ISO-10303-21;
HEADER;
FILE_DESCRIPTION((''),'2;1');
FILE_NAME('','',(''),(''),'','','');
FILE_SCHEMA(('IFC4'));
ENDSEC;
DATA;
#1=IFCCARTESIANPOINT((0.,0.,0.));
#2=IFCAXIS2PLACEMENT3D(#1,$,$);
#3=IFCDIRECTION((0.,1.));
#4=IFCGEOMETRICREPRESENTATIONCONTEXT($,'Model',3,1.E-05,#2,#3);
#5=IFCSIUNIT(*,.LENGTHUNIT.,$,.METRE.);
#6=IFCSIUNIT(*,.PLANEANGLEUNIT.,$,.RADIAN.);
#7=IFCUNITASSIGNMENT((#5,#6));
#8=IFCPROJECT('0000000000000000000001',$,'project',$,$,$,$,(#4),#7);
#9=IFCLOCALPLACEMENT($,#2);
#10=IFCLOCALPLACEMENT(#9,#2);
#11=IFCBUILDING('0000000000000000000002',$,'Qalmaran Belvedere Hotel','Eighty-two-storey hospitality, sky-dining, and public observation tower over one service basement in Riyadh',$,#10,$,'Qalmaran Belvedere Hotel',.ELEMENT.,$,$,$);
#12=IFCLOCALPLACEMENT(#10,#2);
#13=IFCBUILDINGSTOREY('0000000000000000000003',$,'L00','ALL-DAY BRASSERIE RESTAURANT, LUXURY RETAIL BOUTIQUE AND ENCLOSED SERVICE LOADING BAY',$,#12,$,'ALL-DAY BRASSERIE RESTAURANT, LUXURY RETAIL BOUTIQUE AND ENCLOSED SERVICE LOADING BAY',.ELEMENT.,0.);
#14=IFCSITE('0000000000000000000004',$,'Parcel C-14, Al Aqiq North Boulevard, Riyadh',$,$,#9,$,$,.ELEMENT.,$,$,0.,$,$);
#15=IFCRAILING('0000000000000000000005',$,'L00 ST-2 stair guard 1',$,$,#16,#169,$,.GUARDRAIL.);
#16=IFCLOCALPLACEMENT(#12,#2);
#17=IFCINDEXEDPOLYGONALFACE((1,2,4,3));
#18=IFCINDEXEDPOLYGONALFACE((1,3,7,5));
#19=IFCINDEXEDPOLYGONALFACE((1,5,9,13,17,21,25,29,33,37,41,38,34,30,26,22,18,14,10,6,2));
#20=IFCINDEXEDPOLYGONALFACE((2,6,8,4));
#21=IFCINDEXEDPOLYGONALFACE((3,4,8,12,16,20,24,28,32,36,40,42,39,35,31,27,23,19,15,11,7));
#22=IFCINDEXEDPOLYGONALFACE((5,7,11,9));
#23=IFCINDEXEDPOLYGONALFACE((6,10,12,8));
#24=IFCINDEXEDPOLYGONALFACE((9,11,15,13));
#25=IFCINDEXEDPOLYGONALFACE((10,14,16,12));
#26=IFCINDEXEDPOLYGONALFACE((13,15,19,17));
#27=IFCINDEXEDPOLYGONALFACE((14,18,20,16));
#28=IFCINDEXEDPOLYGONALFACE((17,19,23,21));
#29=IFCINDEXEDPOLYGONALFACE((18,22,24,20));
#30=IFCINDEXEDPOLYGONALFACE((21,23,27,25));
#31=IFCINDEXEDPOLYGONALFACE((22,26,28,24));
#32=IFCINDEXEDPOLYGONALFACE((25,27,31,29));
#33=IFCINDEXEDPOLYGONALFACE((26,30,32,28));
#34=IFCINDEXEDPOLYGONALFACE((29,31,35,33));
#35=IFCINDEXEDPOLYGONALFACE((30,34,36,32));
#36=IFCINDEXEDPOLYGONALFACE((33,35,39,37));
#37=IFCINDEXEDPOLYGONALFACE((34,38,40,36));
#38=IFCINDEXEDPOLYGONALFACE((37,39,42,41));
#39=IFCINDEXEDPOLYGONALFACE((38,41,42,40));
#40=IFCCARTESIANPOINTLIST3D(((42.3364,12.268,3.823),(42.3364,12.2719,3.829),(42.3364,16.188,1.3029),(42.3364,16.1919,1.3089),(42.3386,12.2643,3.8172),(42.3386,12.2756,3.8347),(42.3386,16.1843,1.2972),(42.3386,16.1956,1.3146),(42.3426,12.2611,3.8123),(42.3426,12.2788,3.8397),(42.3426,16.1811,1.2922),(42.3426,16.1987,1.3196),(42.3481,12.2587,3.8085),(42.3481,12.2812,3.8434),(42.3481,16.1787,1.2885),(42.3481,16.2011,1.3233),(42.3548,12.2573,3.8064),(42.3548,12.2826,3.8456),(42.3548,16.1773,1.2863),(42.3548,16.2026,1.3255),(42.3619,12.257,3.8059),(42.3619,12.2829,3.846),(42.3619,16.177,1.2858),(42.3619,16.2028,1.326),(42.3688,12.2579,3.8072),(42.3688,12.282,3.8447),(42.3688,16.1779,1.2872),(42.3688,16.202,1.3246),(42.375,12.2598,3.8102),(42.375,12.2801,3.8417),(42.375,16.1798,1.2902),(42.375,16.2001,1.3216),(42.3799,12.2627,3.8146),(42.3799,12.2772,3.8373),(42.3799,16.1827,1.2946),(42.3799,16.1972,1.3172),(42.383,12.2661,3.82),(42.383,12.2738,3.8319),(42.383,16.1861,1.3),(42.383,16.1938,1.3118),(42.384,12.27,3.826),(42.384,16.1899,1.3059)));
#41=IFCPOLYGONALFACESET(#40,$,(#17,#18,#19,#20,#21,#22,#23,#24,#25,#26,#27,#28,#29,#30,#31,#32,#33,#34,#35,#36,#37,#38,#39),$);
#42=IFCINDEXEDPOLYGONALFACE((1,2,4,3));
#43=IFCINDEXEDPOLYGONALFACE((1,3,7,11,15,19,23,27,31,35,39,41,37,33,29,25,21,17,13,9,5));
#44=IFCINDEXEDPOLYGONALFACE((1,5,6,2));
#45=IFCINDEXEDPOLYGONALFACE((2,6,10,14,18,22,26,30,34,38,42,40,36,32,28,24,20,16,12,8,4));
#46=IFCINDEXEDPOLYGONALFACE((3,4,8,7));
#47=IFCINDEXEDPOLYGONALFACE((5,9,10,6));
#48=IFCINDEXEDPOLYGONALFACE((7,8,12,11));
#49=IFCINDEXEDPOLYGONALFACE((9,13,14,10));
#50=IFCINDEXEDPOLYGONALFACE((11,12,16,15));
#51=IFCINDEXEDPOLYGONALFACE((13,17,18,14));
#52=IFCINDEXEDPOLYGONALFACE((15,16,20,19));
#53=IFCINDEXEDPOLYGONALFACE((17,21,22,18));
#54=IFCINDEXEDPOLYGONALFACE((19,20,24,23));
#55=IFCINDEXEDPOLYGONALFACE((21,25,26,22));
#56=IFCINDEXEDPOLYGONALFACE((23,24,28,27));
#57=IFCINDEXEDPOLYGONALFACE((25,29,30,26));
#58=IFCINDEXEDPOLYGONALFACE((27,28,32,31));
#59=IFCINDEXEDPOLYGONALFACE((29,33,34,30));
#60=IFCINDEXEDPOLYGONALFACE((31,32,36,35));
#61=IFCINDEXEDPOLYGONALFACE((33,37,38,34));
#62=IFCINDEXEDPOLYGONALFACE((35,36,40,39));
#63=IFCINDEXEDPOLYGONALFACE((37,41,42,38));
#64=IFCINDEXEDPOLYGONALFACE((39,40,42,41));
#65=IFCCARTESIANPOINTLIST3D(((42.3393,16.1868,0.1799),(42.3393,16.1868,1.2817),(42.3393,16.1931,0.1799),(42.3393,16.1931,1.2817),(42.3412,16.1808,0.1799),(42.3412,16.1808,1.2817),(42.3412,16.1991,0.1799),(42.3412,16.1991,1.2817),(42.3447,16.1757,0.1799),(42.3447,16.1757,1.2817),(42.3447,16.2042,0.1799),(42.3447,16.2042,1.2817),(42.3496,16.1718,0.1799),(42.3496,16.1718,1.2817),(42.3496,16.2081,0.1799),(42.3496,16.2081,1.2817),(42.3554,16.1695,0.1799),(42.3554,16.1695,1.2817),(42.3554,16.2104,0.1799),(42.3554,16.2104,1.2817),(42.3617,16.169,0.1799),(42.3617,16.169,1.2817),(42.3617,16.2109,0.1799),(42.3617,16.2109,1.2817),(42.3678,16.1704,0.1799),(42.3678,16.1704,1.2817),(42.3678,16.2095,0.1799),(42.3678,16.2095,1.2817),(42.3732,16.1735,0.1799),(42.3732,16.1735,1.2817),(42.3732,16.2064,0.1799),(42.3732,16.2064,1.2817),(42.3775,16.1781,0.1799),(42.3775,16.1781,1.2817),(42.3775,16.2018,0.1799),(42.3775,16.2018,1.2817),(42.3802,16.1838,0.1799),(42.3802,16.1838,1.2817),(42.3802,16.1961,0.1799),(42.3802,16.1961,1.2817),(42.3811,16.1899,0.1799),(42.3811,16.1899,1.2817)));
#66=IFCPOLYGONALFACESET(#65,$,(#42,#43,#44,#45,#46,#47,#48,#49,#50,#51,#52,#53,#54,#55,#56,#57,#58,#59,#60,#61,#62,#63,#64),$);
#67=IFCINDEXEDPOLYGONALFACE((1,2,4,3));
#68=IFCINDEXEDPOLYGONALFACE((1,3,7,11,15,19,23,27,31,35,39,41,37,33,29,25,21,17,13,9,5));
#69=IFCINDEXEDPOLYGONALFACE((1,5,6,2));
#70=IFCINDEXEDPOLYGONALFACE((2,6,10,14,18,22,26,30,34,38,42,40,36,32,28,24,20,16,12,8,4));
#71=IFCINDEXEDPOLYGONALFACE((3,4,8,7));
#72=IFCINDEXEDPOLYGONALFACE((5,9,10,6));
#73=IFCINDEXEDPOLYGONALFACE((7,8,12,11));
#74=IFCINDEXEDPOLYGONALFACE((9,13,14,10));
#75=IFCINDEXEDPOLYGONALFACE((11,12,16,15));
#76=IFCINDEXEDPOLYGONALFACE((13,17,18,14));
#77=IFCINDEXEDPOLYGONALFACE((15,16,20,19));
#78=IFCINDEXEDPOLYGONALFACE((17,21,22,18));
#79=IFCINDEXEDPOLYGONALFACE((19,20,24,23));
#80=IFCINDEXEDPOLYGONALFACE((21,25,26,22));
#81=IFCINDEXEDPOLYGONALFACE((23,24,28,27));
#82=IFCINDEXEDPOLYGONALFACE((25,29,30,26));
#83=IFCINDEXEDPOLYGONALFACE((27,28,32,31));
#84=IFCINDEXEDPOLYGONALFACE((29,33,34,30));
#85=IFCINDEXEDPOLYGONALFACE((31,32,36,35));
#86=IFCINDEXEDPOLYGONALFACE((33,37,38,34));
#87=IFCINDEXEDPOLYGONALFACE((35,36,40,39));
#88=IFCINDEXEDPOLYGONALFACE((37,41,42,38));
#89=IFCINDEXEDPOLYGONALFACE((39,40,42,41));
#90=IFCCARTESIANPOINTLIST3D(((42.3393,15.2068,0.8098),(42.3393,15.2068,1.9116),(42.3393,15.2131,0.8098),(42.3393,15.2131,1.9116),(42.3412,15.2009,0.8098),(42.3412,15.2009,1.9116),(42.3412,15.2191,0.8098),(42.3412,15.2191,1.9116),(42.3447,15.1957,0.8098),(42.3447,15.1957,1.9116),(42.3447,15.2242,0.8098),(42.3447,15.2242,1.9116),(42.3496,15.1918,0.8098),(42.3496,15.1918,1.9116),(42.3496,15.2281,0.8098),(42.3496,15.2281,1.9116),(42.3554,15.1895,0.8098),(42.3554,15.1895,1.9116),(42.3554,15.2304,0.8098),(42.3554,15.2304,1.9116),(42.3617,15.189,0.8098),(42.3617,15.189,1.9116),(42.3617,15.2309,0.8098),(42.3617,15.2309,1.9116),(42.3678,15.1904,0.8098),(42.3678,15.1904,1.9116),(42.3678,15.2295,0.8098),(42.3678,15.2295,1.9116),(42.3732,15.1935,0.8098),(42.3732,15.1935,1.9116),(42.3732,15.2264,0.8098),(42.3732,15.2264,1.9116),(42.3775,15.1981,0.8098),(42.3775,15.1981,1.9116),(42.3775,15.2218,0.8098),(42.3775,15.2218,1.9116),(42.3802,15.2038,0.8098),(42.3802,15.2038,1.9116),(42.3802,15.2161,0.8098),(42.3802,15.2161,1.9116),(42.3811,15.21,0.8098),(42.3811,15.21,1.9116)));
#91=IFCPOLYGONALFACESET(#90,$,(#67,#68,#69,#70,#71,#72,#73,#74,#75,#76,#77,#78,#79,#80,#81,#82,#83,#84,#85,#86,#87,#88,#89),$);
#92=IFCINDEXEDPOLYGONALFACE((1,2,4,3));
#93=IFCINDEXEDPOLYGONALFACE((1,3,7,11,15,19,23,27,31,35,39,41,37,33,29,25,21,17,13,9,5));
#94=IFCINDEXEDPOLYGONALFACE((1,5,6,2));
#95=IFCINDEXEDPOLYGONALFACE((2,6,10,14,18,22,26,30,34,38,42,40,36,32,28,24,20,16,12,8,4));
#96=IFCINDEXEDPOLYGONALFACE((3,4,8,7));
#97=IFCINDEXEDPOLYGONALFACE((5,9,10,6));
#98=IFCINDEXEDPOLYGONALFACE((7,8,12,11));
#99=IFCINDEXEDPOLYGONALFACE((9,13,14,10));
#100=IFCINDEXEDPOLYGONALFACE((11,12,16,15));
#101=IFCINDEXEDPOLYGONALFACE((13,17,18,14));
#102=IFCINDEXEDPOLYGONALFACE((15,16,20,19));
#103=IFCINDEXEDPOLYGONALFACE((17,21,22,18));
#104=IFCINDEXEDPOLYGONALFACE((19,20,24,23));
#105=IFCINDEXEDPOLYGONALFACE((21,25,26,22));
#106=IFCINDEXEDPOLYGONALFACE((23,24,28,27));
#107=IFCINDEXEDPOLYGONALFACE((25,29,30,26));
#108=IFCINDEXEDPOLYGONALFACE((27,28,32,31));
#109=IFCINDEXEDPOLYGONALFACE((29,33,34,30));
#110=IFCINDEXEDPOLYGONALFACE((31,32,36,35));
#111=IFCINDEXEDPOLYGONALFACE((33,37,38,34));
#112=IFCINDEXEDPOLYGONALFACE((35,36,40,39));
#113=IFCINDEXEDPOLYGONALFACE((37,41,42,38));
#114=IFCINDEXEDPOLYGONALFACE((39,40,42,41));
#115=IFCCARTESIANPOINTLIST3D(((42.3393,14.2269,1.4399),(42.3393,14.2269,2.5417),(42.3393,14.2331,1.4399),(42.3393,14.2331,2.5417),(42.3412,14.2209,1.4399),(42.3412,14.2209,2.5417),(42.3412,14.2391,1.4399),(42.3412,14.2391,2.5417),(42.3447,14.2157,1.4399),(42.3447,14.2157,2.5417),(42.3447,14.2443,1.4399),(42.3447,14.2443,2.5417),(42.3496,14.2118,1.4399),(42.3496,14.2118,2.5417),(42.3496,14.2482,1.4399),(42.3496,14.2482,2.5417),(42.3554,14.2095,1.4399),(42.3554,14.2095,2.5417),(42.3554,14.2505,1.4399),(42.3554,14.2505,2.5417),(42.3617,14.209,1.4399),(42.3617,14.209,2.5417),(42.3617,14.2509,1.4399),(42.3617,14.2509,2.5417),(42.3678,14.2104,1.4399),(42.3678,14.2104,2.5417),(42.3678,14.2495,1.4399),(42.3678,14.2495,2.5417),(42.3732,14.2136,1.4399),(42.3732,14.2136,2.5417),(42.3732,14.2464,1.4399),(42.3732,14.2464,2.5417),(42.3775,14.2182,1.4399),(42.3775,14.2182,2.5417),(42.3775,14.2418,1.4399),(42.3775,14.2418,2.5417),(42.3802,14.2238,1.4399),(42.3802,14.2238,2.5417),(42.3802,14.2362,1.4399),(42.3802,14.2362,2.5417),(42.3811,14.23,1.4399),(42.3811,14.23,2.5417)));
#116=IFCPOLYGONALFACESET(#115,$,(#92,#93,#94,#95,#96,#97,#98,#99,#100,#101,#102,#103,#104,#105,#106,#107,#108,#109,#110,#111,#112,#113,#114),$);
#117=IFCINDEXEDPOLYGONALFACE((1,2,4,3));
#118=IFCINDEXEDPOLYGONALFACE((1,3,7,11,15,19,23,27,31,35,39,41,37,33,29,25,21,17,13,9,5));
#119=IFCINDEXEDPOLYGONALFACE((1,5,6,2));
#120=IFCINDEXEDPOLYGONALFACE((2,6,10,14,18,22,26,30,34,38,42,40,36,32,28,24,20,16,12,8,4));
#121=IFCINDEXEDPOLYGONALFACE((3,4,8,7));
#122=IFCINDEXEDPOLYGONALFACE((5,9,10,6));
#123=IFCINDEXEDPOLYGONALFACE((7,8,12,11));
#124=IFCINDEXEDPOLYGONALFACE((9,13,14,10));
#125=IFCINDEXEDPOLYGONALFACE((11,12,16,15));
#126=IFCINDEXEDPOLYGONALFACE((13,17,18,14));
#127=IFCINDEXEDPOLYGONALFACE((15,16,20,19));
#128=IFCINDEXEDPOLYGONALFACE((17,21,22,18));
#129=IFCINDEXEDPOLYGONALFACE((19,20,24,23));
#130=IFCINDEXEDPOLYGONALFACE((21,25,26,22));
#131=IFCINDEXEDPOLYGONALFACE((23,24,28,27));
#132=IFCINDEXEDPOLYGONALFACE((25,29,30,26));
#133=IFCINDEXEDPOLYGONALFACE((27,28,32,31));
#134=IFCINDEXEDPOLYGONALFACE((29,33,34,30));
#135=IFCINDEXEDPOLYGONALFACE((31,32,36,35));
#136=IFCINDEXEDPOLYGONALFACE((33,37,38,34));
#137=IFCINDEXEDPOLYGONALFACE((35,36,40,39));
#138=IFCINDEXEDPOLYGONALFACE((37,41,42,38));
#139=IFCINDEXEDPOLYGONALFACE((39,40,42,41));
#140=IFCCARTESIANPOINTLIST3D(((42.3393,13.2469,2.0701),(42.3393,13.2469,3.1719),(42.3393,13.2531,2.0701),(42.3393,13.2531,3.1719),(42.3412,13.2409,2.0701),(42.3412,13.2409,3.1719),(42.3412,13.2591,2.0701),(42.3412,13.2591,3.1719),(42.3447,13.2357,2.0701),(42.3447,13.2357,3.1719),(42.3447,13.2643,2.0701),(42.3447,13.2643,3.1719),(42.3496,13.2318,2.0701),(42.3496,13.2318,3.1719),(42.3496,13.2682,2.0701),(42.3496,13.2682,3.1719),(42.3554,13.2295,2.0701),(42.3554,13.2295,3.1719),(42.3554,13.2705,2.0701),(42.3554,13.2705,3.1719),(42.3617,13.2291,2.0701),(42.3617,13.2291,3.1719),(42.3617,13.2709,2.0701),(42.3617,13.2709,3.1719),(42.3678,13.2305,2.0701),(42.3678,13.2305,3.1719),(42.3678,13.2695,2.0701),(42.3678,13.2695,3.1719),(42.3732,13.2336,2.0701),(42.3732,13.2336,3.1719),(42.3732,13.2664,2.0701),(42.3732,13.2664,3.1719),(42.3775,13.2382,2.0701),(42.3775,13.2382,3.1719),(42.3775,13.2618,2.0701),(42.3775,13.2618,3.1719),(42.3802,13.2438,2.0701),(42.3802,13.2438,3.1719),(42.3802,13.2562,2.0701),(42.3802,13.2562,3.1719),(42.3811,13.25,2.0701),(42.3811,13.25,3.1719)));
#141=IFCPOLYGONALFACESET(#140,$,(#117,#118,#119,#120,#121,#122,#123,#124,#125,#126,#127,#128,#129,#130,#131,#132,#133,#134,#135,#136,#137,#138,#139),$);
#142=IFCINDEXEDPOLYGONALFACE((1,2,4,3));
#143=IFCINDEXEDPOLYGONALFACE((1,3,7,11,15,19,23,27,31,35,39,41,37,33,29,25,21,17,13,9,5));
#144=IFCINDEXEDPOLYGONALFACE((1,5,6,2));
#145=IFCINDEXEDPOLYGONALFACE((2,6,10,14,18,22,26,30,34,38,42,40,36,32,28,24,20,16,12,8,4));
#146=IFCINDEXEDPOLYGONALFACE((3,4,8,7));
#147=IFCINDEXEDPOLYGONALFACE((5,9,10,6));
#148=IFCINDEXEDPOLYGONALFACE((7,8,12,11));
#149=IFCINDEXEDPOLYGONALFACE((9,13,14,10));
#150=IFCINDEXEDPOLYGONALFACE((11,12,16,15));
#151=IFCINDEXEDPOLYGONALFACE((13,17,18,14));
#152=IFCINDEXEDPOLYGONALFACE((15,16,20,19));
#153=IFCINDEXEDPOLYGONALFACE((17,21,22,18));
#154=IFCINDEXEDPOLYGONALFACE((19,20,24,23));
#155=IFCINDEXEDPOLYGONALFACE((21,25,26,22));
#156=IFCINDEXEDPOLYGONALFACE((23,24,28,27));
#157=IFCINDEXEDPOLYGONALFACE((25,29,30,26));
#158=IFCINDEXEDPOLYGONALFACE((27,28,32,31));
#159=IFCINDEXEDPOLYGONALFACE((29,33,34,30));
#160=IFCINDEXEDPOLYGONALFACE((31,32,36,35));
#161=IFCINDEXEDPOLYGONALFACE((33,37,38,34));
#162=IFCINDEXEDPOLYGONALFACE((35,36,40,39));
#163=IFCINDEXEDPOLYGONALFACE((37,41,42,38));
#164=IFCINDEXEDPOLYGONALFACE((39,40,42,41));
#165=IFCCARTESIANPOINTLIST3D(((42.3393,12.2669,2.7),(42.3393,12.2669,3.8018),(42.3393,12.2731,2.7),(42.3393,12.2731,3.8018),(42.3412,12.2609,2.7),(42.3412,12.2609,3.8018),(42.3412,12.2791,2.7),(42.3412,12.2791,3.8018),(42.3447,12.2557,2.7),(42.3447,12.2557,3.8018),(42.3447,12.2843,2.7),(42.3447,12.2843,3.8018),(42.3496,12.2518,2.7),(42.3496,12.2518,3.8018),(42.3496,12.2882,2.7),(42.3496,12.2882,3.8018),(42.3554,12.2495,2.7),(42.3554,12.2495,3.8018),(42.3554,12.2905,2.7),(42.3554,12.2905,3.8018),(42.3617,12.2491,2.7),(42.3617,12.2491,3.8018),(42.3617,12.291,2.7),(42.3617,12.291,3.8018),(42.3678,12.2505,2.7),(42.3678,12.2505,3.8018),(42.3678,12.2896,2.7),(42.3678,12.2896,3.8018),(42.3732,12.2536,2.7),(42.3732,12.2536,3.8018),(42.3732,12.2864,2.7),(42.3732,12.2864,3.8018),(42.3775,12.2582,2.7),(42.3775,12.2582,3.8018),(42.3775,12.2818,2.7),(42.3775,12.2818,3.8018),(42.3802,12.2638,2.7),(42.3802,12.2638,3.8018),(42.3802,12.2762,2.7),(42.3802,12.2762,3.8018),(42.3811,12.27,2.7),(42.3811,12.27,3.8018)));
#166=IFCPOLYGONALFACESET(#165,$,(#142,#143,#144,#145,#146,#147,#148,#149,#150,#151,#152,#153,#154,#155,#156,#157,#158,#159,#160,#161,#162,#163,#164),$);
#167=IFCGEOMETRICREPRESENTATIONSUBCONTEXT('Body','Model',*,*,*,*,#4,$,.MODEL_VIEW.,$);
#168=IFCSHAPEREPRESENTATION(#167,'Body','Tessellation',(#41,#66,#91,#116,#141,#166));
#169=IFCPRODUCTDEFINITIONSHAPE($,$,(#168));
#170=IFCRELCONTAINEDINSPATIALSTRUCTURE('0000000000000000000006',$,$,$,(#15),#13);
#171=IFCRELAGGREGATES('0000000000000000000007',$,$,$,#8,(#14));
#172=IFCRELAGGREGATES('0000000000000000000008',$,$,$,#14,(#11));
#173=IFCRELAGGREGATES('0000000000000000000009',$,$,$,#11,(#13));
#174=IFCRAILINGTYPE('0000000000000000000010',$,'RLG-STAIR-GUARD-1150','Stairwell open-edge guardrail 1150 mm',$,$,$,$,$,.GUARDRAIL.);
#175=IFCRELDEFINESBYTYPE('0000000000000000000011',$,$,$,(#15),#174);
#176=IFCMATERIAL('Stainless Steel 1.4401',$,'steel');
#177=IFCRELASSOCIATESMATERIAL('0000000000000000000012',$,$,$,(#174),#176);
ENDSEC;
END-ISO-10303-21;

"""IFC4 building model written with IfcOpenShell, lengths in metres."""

from ifc_helpers import new_model, si_unit, direction, frame, origin, origin_2d, place, context, subcontext, project, spatial, circle, extrude, material, type_object, element, save


model = new_model("IFC4")

# Units and contexts
model_context = context("Model", 3, precision=1e-05, world=origin(), true_north=direction((0.0, 1.0)))
body_context = subcontext(model_context, "Body", "Model", "MODEL_VIEW")
ifc_project = project(units=[si_unit("LENGTHUNIT", "METRE"), si_unit("PLANEANGLEUNIT", "RADIAN")], contexts=[model_context])

# Site, building, storey
site_placement = place(None, origin())
site = spatial("IfcSite", under=ifc_project, at=site_placement, Name="Parcel C-14, Al Aqiq North Boulevard, Riyadh", CompositionType="ELEMENT", RefElevation=0.0)
building_placement = place(site_placement, origin())
building = spatial("IfcBuilding", under=site, at=building_placement, Name="Qalmaran Belvedere Hotel", Description="Eighty-two-storey hospitality, sky-dining, and public observation tower over one service basement in Riyadh", LongName="Qalmaran Belvedere Hotel", CompositionType="ELEMENT")
storey_placement = place(building_placement, origin())
storey = spatial("IfcBuildingStorey", under=building, at=storey_placement, Name="L00", Description="ALL-DAY BRASSERIE RESTAURANT, LUXURY RETAIL BOUTIQUE AND ENCLOSED SERVICE LOADING BAY", LongName="ALL-DAY BRASSERIE RESTAURANT, LUXURY RETAIL BOUTIQUE AND ENCLOSED SERVICE LOADING BAY", CompositionType="ELEMENT", Elevation=0.0)

# Railing
ifc_material_1 = material(Name="Stainless Steel 1.4401", Category="steel")
railing_type_1 = type_object("IfcRailingType", Name="RLG-STAIR-GUARD-1150", Description="Stairwell open-edge guardrail 1150 mm", PredefinedType="GUARDRAIL", material=ifc_material_1)
railing_1_placement = place(storey_placement, frame((42.3601, 16.1899, 0.1799)))
element("IfcRailing", 1, at=railing_1_placement, inside=storey, type_object=railing_type_1, Name="L00 ST-2 stair guard 1", PredefinedType="GUARDRAIL", context=body_context, shape_type="SweptSolid", body=[
    extrude(circle(Radius=0.0239, at=origin_2d()), frame((0.0, 0.0, 1.126), z_axis=(0.0, -0.841172, 0.540768), x_axis=(1.0, 0.0, 0.0)), (0.0, 0.0, 1.0), 4.6602),
    extrude(circle(Radius=0.021, at=origin_2d()), origin(), (0.0, 0.0, 1.0), 1.1018),
    extrude(circle(Radius=0.021, at=origin_2d()), frame((0.0, -0.98, 0.6299)), (0.0, 0.0, 1.0), 1.1018),
    extrude(circle(Radius=0.021, at=origin_2d()), frame((0.0, -1.96, 1.26)), (0.0, 0.0, 1.0), 1.1018),
    extrude(circle(Radius=0.021, at=origin_2d()), frame((0.0, -2.9399, 1.8901)), (0.0, 0.0, 1.0), 1.1018),
    extrude(circle(Radius=0.021, at=origin_2d()), frame((0.0, -3.9199, 2.52)), (0.0, 0.0, 1.0), 1.1018),
])

save(model, "model.ifc")
